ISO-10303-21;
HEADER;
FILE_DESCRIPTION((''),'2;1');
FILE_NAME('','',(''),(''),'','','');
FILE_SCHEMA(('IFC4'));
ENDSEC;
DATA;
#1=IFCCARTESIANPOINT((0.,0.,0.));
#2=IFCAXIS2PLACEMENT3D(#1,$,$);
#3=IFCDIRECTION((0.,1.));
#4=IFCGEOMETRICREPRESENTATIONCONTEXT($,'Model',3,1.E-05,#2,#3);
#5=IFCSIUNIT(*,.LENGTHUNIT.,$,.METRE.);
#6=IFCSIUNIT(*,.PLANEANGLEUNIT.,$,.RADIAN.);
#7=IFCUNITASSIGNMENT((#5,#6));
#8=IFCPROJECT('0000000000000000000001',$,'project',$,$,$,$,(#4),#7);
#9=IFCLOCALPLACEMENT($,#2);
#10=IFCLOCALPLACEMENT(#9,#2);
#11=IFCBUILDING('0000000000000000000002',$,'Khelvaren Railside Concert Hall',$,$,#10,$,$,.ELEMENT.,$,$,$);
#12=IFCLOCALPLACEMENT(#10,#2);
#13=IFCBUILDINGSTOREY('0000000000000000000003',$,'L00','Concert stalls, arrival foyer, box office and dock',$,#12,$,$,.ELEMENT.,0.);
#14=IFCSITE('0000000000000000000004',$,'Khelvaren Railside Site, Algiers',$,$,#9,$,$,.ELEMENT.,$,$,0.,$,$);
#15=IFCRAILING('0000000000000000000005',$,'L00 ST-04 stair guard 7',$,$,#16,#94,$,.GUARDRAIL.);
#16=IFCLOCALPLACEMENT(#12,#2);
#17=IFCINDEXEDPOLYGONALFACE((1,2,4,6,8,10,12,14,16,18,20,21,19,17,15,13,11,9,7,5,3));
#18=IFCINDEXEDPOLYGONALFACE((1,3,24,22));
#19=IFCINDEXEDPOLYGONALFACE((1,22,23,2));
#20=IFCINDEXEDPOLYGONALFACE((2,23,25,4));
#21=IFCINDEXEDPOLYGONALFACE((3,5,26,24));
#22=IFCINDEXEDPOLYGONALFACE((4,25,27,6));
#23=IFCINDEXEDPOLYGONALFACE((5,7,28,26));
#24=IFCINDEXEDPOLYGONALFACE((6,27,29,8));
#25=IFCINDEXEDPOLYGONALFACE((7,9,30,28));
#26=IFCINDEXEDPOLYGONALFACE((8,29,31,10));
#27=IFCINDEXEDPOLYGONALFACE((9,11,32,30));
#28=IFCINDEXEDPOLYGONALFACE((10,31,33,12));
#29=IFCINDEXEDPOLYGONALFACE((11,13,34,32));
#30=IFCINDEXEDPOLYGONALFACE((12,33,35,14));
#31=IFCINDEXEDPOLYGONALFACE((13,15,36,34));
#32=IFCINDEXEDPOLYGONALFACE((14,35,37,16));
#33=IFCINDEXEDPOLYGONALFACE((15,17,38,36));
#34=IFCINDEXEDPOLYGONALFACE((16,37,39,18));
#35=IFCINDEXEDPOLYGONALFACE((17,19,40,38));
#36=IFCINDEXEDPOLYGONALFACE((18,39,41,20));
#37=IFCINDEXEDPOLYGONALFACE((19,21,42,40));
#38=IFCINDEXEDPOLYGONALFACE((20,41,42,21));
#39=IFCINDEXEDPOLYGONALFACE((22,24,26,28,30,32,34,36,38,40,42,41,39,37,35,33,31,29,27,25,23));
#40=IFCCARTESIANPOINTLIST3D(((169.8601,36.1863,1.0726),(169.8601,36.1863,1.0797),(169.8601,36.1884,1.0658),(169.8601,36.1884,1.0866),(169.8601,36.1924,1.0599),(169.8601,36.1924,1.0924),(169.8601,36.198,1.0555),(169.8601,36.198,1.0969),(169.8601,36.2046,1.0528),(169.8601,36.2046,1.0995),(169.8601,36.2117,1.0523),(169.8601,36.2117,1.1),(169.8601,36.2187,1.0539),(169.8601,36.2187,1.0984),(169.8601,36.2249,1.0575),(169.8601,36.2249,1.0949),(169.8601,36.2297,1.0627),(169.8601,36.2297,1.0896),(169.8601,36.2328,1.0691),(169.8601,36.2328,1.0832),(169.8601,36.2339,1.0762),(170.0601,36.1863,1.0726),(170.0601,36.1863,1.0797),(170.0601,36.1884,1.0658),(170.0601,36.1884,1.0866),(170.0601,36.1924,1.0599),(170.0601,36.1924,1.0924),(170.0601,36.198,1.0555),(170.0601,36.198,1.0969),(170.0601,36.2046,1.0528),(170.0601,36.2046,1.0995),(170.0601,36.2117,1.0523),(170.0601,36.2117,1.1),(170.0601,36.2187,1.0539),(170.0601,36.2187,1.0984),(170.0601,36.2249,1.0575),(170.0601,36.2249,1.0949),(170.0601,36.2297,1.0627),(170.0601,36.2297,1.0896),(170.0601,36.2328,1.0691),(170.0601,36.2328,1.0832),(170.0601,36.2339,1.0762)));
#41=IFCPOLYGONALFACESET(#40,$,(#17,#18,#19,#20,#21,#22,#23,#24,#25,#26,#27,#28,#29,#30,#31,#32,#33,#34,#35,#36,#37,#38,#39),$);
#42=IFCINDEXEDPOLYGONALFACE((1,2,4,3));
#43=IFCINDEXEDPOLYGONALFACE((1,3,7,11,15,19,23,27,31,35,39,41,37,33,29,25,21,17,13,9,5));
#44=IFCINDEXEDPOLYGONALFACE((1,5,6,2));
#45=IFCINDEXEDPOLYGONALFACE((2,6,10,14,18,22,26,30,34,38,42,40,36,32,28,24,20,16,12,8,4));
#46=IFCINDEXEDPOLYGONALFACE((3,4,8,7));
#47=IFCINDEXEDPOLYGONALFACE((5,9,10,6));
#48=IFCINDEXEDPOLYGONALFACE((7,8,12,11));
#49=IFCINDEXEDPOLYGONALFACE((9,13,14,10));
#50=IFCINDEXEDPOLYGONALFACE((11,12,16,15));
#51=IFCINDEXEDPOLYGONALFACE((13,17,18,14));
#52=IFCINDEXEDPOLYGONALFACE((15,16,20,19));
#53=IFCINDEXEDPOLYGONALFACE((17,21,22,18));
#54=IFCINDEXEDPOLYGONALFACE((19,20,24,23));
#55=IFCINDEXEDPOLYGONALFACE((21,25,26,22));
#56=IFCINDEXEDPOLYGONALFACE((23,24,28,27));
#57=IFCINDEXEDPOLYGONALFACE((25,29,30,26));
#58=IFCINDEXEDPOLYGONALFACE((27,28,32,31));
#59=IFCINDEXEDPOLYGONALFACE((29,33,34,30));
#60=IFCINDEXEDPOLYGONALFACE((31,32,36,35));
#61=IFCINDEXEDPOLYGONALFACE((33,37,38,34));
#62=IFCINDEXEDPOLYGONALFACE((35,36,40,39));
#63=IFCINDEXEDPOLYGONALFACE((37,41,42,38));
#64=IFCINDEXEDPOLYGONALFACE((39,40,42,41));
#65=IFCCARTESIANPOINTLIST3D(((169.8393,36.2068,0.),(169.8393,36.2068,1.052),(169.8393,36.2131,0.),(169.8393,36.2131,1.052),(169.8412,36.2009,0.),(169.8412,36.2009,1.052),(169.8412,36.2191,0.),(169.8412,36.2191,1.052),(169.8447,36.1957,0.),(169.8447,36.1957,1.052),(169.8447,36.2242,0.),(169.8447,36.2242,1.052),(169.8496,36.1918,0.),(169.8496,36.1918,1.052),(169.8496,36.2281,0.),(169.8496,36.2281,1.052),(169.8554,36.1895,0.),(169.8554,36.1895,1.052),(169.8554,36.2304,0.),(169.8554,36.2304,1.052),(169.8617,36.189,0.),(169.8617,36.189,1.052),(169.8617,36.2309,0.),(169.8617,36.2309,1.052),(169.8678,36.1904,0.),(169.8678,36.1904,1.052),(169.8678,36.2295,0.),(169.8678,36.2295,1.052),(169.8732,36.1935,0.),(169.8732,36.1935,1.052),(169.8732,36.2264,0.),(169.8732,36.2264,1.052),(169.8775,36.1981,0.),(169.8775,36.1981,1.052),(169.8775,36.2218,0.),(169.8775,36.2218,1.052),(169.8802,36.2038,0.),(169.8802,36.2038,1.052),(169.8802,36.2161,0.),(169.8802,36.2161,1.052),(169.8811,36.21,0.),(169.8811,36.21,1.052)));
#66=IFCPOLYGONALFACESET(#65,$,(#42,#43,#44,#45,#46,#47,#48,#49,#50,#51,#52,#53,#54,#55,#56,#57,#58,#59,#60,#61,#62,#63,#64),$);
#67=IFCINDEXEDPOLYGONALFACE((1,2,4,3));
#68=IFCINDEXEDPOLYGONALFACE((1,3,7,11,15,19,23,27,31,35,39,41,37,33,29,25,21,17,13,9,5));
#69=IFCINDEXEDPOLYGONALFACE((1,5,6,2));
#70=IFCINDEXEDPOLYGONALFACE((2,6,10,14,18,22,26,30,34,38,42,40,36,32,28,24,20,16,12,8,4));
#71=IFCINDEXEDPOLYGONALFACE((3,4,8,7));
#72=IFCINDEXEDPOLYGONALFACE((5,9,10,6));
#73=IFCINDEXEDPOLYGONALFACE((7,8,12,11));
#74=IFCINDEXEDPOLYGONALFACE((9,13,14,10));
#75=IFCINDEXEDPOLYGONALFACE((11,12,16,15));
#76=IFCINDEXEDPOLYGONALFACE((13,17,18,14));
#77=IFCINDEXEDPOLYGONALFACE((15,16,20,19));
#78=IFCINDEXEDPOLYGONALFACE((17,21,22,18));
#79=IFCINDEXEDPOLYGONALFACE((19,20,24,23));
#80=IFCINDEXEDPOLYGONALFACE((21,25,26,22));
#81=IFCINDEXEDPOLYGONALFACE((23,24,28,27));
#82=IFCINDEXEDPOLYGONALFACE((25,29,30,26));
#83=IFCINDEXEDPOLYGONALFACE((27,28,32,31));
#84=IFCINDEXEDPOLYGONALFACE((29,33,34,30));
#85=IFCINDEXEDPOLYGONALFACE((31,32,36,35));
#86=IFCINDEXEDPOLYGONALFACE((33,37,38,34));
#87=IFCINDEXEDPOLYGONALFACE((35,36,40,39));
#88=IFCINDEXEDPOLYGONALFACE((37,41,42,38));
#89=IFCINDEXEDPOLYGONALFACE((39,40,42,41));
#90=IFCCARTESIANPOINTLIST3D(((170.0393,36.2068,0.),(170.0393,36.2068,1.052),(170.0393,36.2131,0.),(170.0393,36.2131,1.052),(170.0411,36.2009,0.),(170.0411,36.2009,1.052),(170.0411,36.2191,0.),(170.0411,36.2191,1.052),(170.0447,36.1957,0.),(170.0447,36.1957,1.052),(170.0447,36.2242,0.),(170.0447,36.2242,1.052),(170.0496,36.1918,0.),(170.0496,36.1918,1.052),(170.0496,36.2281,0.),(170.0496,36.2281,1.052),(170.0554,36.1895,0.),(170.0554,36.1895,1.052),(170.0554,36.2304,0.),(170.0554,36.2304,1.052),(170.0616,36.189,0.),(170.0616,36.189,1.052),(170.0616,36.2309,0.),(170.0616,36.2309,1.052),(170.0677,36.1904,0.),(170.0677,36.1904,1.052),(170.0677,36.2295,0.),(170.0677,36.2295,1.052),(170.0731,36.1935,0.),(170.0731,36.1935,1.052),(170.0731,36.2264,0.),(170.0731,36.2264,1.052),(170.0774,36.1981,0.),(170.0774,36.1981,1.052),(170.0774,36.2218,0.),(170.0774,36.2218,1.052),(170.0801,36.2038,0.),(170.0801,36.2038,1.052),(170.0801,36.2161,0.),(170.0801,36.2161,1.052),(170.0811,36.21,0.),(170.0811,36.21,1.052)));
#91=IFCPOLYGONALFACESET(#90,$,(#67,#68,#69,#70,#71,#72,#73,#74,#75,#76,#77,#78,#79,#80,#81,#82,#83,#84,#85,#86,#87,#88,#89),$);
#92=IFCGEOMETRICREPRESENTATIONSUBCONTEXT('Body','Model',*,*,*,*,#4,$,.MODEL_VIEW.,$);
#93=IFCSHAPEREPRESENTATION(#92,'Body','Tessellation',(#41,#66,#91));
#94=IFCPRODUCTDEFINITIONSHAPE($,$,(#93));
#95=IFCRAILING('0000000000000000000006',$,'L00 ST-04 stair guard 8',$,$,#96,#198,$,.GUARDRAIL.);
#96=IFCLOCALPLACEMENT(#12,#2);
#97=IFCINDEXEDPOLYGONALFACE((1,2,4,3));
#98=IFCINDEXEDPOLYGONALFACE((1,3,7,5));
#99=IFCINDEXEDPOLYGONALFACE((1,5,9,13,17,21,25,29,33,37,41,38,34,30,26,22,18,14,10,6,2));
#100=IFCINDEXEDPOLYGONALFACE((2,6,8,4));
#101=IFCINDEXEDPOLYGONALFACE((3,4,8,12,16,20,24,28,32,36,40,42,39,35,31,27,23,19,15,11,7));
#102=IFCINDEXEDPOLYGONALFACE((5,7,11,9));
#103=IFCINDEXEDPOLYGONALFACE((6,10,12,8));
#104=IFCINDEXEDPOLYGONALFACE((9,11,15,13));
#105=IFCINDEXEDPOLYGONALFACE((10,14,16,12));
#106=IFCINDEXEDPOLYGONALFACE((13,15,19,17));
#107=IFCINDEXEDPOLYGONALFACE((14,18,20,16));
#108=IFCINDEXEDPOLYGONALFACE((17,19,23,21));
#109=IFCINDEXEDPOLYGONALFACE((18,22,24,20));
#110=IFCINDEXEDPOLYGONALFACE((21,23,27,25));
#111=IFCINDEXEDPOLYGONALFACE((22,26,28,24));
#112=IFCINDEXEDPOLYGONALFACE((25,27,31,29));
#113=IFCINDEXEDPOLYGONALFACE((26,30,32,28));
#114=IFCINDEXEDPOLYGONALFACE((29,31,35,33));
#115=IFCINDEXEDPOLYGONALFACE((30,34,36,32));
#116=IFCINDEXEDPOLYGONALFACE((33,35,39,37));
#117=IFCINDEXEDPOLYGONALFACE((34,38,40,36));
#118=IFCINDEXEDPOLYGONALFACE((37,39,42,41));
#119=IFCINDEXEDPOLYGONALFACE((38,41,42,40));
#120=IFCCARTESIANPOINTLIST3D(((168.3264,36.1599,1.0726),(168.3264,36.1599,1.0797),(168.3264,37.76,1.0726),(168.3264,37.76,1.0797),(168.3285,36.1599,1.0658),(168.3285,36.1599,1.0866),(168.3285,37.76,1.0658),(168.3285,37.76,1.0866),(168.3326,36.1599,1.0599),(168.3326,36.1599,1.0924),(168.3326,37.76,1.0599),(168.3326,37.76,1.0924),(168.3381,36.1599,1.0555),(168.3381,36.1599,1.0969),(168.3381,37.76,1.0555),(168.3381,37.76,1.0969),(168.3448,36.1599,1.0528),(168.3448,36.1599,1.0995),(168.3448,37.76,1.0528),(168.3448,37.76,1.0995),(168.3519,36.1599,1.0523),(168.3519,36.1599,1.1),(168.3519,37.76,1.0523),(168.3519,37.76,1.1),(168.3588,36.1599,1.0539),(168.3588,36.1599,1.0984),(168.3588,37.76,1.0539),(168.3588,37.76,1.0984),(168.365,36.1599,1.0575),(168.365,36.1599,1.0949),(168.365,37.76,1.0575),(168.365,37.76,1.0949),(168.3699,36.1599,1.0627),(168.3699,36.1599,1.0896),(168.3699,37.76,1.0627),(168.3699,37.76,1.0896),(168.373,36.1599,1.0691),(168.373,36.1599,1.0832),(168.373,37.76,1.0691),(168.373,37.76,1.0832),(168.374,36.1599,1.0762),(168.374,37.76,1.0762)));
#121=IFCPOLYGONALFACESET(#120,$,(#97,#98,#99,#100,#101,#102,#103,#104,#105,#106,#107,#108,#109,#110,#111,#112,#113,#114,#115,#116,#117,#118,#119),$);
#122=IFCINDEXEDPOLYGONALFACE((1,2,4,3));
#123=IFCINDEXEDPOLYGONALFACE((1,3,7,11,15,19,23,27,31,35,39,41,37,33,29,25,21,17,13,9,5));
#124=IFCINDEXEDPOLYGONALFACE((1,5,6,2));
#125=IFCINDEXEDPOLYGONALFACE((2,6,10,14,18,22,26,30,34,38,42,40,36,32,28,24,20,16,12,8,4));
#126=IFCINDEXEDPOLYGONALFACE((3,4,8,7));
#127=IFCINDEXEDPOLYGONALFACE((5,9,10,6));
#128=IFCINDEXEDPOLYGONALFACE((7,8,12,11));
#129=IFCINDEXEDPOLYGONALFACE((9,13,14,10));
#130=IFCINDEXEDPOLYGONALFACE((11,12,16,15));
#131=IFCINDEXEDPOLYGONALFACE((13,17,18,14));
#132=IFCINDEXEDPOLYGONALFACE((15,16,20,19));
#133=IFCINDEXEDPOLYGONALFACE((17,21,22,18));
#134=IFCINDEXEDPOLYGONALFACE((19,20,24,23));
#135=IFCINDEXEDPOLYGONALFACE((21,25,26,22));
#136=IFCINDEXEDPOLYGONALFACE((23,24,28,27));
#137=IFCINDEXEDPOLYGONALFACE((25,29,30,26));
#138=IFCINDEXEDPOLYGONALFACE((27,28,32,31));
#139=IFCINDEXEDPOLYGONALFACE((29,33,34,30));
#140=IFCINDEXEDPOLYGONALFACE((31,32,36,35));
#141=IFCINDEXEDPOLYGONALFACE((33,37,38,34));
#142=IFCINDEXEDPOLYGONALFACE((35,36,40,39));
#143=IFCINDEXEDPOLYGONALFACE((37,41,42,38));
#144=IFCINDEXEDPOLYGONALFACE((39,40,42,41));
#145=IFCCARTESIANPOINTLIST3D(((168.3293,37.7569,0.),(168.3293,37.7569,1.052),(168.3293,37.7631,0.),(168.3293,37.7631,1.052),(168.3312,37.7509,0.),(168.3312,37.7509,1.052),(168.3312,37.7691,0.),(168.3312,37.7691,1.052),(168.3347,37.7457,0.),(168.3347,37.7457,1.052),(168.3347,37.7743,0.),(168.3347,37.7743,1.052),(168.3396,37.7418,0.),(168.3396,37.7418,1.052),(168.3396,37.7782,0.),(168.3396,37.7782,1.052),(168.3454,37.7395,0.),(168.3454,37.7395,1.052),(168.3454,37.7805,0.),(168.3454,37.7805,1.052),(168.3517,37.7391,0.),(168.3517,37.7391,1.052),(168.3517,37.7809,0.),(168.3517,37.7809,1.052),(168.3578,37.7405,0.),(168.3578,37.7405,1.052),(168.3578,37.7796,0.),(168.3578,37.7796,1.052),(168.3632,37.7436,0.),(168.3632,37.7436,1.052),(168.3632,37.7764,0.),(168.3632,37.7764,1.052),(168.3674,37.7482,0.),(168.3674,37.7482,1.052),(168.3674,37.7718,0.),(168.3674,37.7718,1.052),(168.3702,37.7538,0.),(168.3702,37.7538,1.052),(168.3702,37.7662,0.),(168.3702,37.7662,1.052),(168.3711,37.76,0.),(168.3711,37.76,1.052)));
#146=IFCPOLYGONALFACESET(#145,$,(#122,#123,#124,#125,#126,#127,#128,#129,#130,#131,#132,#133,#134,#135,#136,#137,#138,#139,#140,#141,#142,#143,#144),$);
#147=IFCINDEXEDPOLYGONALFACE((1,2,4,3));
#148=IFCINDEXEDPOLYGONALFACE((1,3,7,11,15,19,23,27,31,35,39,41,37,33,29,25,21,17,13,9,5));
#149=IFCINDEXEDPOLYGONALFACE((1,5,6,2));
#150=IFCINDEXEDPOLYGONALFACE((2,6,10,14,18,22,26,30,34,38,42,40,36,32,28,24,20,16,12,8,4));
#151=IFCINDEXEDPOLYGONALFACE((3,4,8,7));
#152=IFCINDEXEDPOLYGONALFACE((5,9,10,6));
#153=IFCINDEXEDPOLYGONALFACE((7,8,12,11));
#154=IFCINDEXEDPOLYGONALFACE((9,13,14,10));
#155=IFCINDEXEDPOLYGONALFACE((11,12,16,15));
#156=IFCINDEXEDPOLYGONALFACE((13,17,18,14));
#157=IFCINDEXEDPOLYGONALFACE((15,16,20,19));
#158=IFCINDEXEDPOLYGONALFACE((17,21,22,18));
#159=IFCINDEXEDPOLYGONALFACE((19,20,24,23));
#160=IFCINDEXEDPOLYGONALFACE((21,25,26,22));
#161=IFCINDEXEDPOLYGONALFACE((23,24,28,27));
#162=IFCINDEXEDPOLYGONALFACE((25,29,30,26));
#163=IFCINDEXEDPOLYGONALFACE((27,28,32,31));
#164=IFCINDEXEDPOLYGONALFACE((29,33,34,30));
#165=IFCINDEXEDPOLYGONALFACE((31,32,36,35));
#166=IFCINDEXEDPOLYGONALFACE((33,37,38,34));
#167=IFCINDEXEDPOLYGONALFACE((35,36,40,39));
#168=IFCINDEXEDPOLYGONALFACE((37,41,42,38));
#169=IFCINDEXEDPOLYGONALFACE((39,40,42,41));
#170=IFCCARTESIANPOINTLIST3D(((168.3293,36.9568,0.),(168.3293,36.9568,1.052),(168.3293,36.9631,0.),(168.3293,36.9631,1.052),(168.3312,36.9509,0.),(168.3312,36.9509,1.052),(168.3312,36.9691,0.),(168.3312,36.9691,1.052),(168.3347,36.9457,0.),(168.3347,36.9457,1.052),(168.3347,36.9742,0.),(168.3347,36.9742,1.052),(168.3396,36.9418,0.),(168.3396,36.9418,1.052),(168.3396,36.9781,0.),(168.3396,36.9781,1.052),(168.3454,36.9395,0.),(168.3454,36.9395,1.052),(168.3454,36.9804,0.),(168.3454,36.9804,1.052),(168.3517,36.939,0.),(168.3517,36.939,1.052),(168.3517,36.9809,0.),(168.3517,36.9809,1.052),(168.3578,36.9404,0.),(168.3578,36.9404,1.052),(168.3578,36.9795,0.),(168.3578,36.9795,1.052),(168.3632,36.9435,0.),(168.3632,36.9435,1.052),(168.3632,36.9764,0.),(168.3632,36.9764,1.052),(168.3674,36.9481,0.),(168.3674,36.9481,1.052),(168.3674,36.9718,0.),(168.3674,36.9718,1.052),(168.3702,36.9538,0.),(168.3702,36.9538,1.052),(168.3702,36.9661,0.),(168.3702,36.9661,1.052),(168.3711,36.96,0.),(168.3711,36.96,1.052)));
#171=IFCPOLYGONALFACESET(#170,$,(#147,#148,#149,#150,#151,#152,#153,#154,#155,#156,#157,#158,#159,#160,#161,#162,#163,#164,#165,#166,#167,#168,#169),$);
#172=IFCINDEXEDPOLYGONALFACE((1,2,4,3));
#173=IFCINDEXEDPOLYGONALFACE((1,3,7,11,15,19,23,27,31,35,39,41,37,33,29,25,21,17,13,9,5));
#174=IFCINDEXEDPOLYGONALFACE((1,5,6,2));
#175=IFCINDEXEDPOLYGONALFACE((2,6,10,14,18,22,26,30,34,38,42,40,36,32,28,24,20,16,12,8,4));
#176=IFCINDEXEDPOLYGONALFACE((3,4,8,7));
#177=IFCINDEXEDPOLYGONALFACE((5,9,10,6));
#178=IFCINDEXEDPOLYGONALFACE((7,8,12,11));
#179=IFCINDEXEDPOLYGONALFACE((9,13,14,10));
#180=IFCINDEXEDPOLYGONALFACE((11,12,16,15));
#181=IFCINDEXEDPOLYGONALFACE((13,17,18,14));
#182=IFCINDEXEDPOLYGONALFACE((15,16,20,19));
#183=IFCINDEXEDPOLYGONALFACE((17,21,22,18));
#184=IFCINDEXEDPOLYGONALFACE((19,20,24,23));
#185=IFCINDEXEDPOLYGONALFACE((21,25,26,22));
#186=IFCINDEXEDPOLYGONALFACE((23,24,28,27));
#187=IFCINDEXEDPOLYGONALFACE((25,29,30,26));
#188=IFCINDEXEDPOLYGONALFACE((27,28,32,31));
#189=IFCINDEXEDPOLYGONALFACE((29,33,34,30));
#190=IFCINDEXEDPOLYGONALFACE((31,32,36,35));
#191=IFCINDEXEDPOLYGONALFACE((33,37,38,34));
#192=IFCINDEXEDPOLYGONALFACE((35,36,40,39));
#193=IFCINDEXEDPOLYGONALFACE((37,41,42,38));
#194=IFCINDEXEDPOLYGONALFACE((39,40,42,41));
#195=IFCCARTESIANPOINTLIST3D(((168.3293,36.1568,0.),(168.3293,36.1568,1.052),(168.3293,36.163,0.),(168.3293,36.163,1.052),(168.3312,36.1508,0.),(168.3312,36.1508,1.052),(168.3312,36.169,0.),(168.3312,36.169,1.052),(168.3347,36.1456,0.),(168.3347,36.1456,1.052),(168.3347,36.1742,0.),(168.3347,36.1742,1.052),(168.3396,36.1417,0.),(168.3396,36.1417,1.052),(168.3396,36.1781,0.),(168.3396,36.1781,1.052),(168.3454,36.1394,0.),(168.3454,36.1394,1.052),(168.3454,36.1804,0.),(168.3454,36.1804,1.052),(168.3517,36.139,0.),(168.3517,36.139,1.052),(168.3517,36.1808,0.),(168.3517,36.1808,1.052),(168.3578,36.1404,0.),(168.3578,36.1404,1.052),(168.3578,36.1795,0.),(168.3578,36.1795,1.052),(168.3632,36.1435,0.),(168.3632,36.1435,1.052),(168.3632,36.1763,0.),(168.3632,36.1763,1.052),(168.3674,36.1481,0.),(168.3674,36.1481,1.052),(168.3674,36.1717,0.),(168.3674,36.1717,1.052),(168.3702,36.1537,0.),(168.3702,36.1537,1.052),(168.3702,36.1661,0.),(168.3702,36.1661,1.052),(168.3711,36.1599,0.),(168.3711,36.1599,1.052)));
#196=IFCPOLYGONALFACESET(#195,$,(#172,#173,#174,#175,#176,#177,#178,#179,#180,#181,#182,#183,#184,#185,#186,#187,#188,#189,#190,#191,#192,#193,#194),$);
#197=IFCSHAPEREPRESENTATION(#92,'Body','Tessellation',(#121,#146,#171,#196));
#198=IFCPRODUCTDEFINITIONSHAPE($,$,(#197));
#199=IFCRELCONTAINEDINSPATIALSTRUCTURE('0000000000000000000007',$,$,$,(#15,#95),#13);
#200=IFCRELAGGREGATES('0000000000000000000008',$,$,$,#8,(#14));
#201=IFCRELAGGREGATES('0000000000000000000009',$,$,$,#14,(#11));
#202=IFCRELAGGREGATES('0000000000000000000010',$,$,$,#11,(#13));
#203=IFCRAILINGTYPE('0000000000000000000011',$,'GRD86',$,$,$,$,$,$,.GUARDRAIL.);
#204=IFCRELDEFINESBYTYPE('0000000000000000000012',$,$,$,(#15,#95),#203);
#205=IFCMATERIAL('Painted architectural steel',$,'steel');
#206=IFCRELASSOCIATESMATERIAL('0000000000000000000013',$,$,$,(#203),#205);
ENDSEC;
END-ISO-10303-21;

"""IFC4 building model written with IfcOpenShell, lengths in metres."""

from ifc_helpers import new_model, si_unit, direction, frame, origin, origin_2d, place, context, subcontext, project, spatial, circle, extrude, material, type_object, element, save


model = new_model("IFC4")

# Units and contexts
model_context = context("Model", 3, precision=1e-05, world=origin(), true_north=direction((0.0, 1.0)))
body_context = subcontext(model_context, "Body", "Model", "MODEL_VIEW")
ifc_project = project(units=[si_unit("LENGTHUNIT", "METRE"), si_unit("PLANEANGLEUNIT", "RADIAN")], contexts=[model_context])

# Site, building, storey
site_placement = place(None, origin())
site = spatial("IfcSite", under=ifc_project, at=site_placement, Name="Khelvaren Railside Site, Algiers", CompositionType="ELEMENT", RefElevation=0.0)
building_placement = place(site_placement, origin())
building = spatial("IfcBuilding", under=site, at=building_placement, Name="Khelvaren Railside Concert Hall", CompositionType="ELEMENT")
storey_placement = place(building_placement, origin())
storey = spatial("IfcBuildingStorey", under=building, at=storey_placement, Name="L00", Description="Concert stalls, arrival foyer, box office and dock", CompositionType="ELEMENT", Elevation=0.0)

# Railings
ifc_material_1 = material(Name="Painted architectural steel", Category="steel")
railing_type_1 = type_object("IfcRailingType", Name="GRD86", PredefinedType="GUARDRAIL", material=ifc_material_1)
railing_1_placement = place(storey_placement, frame((169.8601, 36.21, 0.0)))
element("IfcRailing", 1, at=railing_1_placement, inside=storey, type_object=railing_type_1, Name="L00 ST-04 stair guard 7", PredefinedType="GUARDRAIL", context=body_context, shape_type="SweptSolid", body=[
    extrude(circle(Radius=0.0239, at=origin_2d()), frame((0.0, 0.0, 1.0762), z_axis=(1.0, 0.0, 0.0), x_axis=(0.0, 1.0, 0.0)), (0.0, 0.0, 1.0), 0.2),
    extrude(circle(Radius=0.021, at=origin_2d()), origin(), (0.0, 0.0, 1.0), 1.052),
    extrude(circle(Radius=0.021, at=origin_2d()), frame((0.2, 0.0, 0.0)), (0.0, 0.0, 1.0), 1.052),
])
for number, where, name in (
    (2, (168.3501, 37.76, 0.0), "L00 ST-04 stair guard 8"),
):
    element("IfcRailing", number, at=place(storey_placement, frame(where)), inside=storey, type_object=railing_type_1, Name=name, PredefinedType="GUARDRAIL", context=body_context, shape_type="SweptSolid", body=[
        extrude(circle(Radius=0.0239, at=origin_2d()), frame((0.0, 0.0, 1.0762), z_axis=(0.0, -1.0, 0.0), x_axis=(1.0, 0.0, 0.0)), (0.0, 0.0, 1.0), 1.6001),
        extrude(circle(Radius=0.021, at=origin_2d()), origin(), (0.0, 0.0, 1.0), 1.052),
        extrude(circle(Radius=0.021, at=origin_2d()), frame((0.0, -0.8, 0.0)), (0.0, 0.0, 1.0), 1.052),
        extrude(circle(Radius=0.021, at=origin_2d()), frame((0.0, -1.6001, 0.0)), (0.0, 0.0, 1.0), 1.052),
    ])

save(model, "model.ifc")
